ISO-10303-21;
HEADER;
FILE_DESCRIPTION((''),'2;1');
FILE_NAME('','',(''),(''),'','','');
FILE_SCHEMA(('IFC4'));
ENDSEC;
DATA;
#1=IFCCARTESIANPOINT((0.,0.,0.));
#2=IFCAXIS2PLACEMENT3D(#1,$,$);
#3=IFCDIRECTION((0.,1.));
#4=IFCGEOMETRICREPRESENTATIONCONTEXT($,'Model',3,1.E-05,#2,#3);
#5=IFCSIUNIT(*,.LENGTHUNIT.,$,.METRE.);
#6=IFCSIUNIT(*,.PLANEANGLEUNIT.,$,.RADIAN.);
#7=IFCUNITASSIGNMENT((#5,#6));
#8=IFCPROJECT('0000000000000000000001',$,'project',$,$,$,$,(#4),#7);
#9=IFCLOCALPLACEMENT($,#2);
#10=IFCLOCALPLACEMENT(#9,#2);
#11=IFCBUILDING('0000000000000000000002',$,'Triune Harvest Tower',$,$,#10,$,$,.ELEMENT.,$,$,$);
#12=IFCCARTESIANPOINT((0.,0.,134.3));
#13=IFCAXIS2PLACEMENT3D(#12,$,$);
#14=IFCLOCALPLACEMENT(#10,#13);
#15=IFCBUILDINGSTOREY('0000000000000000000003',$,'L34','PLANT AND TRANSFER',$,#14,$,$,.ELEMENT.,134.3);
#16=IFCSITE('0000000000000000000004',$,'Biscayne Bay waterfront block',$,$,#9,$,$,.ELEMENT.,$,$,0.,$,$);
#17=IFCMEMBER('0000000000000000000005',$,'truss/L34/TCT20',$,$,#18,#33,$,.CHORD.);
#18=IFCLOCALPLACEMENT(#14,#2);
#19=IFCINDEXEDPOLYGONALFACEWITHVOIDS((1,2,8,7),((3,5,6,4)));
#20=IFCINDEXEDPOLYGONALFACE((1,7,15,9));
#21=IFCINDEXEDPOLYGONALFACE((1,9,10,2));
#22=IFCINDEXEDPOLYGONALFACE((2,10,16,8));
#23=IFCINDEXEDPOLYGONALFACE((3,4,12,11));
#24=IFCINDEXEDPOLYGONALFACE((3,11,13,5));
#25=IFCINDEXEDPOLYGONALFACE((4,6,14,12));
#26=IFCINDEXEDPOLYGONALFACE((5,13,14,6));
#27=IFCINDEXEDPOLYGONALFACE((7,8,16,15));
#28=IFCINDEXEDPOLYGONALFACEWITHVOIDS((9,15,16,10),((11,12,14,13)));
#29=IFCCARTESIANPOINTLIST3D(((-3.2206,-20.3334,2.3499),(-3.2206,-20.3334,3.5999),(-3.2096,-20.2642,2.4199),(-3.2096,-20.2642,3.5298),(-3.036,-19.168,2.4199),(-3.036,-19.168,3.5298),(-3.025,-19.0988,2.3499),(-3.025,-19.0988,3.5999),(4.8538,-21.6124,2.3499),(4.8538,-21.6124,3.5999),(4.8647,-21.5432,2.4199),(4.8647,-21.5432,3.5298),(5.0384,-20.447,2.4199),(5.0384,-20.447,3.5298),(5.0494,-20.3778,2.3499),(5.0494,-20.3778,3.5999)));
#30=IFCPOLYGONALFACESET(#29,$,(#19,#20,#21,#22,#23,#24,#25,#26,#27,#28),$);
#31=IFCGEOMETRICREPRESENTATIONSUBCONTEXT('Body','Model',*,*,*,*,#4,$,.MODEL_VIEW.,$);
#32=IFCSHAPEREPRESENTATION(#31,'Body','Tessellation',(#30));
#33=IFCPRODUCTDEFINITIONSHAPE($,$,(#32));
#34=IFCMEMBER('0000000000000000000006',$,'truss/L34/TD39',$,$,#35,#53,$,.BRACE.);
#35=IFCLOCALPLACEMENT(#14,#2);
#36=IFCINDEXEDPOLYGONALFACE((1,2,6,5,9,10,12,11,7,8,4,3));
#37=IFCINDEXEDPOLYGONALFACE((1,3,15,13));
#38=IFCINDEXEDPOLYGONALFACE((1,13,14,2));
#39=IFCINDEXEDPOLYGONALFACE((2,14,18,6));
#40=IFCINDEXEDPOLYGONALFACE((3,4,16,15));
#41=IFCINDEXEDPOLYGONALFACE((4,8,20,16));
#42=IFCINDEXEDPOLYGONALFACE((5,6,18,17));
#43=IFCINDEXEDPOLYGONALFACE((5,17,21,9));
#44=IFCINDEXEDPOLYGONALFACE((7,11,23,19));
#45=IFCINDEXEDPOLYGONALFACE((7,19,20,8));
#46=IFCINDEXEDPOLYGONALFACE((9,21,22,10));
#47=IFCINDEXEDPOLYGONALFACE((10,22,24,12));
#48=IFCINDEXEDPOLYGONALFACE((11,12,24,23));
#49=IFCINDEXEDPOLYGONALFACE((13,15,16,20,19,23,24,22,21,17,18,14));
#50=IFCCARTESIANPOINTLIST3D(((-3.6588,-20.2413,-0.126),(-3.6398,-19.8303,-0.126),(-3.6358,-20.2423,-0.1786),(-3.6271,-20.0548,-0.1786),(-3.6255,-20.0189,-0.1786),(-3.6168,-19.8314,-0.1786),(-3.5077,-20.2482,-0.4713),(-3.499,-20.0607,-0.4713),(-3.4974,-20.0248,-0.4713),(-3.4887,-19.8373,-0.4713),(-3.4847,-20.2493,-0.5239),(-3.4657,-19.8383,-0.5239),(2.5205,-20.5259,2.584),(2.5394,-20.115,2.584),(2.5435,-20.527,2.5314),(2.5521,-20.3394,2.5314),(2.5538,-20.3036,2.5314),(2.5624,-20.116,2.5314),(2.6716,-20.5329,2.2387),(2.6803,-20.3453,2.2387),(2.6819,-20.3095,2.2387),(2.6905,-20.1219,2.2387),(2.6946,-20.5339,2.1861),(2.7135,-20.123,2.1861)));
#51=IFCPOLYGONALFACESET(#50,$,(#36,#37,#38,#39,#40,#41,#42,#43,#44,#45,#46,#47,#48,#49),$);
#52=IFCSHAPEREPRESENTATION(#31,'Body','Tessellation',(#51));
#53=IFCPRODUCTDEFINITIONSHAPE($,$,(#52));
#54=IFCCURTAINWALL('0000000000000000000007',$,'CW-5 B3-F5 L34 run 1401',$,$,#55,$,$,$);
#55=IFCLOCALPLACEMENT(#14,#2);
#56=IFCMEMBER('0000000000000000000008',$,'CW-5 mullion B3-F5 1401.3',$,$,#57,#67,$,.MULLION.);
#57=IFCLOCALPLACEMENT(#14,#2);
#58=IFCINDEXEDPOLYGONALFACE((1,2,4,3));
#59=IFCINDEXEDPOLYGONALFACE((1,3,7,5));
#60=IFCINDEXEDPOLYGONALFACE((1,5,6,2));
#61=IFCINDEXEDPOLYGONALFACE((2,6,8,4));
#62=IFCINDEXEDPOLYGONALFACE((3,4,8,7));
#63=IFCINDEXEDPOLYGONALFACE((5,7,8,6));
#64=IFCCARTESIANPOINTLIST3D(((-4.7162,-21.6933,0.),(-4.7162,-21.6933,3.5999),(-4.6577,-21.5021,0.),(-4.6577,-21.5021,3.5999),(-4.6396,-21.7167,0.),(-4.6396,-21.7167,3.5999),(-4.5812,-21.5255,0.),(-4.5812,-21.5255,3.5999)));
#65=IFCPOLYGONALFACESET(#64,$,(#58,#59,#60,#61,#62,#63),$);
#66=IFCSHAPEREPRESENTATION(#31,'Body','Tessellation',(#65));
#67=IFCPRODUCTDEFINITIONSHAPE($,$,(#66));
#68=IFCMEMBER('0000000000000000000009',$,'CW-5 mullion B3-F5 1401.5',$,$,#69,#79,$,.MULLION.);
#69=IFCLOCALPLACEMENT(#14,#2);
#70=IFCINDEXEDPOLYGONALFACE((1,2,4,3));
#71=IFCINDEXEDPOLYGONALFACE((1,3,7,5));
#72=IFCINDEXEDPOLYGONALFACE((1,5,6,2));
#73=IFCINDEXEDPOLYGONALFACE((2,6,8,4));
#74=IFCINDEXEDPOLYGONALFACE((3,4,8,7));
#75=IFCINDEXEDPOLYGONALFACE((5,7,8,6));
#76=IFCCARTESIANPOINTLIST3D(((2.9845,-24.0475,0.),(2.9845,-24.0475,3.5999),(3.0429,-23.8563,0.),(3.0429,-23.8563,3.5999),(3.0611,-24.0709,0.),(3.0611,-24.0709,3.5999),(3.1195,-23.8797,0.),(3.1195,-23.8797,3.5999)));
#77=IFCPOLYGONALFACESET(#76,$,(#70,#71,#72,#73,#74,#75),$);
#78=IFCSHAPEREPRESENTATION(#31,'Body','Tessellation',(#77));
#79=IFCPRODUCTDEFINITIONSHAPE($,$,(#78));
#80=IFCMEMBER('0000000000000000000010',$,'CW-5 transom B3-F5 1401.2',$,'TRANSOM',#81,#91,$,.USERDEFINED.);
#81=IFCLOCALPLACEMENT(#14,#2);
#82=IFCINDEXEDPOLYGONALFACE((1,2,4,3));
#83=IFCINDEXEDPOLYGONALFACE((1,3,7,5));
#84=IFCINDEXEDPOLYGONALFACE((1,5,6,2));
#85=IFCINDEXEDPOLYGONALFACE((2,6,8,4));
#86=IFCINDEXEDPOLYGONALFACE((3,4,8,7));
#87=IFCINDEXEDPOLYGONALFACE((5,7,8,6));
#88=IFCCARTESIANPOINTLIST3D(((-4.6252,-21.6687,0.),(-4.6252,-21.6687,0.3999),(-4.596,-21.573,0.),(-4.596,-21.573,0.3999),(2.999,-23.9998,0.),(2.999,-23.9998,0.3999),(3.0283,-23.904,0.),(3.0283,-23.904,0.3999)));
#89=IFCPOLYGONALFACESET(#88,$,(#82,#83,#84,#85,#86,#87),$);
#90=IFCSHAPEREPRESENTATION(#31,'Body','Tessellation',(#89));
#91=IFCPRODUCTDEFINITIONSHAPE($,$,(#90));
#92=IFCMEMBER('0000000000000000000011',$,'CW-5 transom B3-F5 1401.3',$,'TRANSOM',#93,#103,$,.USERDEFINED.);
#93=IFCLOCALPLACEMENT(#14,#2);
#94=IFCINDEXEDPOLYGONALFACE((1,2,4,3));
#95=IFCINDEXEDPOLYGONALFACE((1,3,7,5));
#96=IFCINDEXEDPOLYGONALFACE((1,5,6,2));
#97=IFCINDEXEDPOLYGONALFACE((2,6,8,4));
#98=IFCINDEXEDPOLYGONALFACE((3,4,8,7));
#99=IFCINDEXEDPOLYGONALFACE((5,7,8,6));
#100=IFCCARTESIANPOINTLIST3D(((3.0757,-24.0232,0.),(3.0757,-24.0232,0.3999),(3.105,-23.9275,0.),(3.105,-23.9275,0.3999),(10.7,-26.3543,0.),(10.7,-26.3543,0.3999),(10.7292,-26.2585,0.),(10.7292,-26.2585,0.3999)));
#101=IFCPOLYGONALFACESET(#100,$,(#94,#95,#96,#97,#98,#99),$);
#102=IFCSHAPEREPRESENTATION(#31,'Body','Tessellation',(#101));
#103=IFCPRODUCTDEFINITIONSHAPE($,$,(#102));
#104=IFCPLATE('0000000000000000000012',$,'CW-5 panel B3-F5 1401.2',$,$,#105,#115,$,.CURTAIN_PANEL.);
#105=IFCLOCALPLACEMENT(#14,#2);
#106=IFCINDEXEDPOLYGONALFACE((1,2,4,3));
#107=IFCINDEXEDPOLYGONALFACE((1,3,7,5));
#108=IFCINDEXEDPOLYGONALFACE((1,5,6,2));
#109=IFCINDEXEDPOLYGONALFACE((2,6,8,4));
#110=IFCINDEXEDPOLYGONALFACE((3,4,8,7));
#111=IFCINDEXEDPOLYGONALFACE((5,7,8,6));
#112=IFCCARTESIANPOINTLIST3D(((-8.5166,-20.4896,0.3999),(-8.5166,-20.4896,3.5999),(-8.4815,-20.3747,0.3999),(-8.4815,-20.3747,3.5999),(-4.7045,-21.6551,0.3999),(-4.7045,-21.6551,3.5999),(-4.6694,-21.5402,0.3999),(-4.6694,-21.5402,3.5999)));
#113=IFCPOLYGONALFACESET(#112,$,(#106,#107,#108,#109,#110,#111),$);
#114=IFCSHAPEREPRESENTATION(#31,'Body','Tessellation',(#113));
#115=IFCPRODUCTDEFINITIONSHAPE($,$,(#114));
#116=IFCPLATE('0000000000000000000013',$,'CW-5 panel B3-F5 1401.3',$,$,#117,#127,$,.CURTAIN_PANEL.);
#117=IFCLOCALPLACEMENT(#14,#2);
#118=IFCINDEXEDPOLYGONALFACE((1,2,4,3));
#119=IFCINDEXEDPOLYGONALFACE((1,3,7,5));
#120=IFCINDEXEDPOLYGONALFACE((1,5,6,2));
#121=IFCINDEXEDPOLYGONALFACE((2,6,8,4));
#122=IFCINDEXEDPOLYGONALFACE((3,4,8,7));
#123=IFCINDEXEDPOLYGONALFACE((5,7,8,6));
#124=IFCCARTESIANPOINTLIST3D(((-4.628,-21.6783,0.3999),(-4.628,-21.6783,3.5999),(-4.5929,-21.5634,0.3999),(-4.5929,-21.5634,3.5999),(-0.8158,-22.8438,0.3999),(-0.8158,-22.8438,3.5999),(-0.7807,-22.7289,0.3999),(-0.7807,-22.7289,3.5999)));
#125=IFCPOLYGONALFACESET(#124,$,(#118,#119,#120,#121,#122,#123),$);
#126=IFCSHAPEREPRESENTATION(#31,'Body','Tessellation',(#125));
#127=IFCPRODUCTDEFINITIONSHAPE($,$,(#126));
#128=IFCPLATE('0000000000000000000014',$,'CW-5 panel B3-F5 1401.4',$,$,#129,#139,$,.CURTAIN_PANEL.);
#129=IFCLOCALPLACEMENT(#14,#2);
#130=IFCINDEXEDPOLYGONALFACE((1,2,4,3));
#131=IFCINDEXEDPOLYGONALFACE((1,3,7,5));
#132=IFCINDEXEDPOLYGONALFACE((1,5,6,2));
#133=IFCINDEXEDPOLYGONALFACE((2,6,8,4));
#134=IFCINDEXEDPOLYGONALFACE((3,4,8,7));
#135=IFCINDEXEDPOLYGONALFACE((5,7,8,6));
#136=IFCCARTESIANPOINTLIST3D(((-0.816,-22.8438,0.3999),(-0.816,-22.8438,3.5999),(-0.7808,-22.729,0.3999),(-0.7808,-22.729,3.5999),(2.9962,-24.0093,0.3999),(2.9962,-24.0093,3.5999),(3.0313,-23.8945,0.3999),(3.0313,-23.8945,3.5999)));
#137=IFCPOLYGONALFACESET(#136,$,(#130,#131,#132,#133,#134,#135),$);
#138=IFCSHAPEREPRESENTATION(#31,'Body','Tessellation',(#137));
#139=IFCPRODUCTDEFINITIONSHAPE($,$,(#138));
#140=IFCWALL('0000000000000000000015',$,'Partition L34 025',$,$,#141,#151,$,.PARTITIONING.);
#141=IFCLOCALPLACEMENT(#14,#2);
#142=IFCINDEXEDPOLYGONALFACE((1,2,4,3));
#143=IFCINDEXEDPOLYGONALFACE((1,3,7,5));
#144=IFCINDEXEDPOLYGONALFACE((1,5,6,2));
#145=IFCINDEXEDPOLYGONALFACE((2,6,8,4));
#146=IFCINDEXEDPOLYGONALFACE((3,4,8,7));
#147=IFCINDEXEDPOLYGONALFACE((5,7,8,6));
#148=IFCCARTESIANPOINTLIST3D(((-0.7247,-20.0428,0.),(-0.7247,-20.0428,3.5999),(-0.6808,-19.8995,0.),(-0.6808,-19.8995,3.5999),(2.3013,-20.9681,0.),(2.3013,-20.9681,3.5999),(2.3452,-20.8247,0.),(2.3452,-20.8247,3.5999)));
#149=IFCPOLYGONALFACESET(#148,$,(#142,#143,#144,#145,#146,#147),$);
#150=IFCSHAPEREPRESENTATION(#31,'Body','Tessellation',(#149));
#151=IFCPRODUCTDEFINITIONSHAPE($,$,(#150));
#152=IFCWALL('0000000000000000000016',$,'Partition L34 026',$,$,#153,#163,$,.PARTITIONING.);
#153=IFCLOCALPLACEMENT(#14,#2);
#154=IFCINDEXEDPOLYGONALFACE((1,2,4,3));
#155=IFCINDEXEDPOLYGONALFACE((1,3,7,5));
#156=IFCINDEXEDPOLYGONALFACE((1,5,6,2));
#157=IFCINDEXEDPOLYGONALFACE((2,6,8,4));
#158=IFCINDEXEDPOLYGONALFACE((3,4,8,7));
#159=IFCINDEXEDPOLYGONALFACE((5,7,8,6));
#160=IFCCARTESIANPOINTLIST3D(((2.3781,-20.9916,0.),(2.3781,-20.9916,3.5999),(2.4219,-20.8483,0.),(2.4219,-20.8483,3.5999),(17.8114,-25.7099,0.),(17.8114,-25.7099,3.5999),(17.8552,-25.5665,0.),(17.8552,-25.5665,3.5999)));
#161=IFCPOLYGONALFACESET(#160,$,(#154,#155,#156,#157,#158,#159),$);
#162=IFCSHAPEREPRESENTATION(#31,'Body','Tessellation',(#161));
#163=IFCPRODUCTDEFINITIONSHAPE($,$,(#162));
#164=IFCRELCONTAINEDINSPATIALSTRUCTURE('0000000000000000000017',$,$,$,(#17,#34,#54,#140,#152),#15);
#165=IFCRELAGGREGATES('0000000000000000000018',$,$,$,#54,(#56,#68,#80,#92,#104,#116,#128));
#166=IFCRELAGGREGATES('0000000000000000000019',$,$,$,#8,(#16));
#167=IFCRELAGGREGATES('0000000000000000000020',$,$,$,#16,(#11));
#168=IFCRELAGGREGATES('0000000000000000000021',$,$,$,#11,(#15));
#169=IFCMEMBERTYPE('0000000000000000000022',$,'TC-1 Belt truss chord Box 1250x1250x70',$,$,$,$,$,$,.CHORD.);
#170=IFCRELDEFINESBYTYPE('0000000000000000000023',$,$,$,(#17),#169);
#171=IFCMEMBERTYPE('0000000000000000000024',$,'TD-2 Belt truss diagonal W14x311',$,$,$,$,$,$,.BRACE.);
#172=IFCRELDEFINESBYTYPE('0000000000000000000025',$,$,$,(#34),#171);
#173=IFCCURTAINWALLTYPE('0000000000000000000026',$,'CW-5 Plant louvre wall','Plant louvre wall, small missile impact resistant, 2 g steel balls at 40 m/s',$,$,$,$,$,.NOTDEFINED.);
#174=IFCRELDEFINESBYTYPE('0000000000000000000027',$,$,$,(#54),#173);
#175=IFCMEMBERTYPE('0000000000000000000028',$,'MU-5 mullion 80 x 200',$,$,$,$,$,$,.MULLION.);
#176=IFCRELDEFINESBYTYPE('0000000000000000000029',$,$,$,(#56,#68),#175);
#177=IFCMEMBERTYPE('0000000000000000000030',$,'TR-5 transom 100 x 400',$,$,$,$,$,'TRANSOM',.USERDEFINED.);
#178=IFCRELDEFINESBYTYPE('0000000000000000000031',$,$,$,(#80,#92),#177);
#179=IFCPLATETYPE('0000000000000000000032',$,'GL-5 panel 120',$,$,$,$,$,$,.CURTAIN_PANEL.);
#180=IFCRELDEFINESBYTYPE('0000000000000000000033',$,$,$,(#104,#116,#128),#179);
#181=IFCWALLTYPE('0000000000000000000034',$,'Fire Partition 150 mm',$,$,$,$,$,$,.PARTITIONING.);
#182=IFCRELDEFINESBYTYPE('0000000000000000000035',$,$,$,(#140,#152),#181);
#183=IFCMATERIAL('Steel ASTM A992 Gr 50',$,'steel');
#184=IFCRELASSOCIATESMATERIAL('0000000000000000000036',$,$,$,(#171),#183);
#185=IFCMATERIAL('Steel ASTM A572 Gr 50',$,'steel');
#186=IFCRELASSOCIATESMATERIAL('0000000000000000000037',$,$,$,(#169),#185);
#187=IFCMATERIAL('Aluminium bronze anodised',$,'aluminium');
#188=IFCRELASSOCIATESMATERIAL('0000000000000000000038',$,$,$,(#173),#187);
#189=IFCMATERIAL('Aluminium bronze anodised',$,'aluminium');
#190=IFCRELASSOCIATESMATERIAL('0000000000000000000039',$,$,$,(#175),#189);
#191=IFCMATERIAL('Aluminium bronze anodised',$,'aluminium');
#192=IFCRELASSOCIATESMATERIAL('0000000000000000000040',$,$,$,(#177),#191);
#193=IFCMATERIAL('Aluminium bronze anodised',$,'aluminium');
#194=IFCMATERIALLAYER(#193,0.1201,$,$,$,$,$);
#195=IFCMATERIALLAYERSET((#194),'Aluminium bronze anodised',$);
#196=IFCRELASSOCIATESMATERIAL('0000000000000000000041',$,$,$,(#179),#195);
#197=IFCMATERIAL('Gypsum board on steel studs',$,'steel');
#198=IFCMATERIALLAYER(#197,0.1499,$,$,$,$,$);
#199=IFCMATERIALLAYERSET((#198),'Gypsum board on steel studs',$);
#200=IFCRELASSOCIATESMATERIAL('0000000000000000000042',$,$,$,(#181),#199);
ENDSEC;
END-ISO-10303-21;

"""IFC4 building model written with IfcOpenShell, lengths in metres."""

from ifc_helpers import new_model, si_unit, direction, frame, frame_2d, origin, origin_2d, place, context, subcontext, project, spatial, rectangle, hollow_rectangle, i_section, extrude, source, transform, mapped, material, layer, layer_set, material_profile, profile_set, type_object, element, aggregate, save


model = new_model("IFC4")

# Units and contexts
model_context = context("Model", 3, precision=1e-05, world=origin(), true_north=direction((0.0, 1.0)))
body_context = subcontext(model_context, "Body", "Model", "MODEL_VIEW")
ifc_project = project(units=[si_unit("LENGTHUNIT", "METRE"), si_unit("PLANEANGLEUNIT", "RADIAN")], contexts=[model_context])

# Site, building, storey
site_placement = place(None, origin())
site = spatial("IfcSite", under=ifc_project, at=site_placement, Name="Biscayne Bay waterfront block", CompositionType="ELEMENT", RefElevation=0.0)
building_placement = place(site_placement, origin())
building = spatial("IfcBuilding", under=site, at=building_placement, Name="Triune Harvest Tower", CompositionType="ELEMENT")
storey_placement = place(building_placement, frame((0.0, 0.0, 134.3)))
storey = spatial("IfcBuildingStorey", under=building, at=storey_placement, Name="L34", Description="PLANT AND TRANSFER", CompositionType="ELEMENT", Elevation=134.3)

# Shared definitions
ifc_material_1 = material(Name="Steel ASTM A992 Gr 50", Category="steel")
ifc_material_profile_1 = material_profile(ifc_material_1, i_section(OverallWidth=0.4114, OverallDepth=0.4343, WebThickness=0.0359, FlangeThickness=0.0574, at=origin_2d()), Name="W14x311")
ifc_profile_set_1 = profile_set([ifc_material_profile_1], Name="Steel ASTM A992 Gr 50")
member_type_1 = type_object("IfcMemberType", Name="TD-2 Belt truss diagonal W14x311", PredefinedType="BRACE", material=ifc_profile_set_1)

# Members
ifc_material_2 = material(Name="Steel ASTM A572 Gr 50", Category="steel")
ifc_material_profile_2 = material_profile(ifc_material_2, hollow_rectangle(XDim=1.25, YDim=1.25, WallThickness=0.0701, at=origin_2d()), Name="Box 1250x1250x70")
ifc_profile_set_2 = profile_set([ifc_material_profile_2], Name="Steel ASTM A572 Gr 50")
member_type_2 = type_object("IfcMemberType", Name="TC-1 Belt truss chord Box 1250x1250x70", PredefinedType="CHORD", material=ifc_profile_set_2)
shared_shape_1 = source(origin(), body_context, "Body", "SweptSolid", [
    extrude(hollow_rectangle(XDim=1.25, YDim=1.25, WallThickness=0.0701, at=origin_2d()), origin(), (0.0, 0.0, 1.0), 8.175),
])
member_1_placement = place(storey_placement, frame((-3.1228, -19.7161, 2.9749), z_axis=(0.987685, -0.156456, 0.0), x_axis=(0.156456, 0.987685, 0.0)))
element("IfcMember", 1, at=member_1_placement, inside=storey, type_object=member_type_2, Name="truss/L34/TCT20", PredefinedType="CHORD", context=body_context, shape_type="MappedRepresentation", body=[
    mapped(shared_shape_1, transform((0.0, 0.0, 0.0), scale=1.0)),
])
shared_shape_2 = source(origin(), body_context, "Body", "SweptSolid", [
    extrude(i_section(OverallWidth=0.4114, OverallDepth=0.4343, WebThickness=0.0359, FlangeThickness=0.0574, at=origin_2d()), origin(), (0.0, 0.0, 1.0), 6.7534),
])
member_2_placement = place(storey_placement, frame((-3.5623, -20.0398, -0.325), z_axis=(0.914986, -0.042152, 0.401278), x_axis=(0.04602, 0.998941, 0.0)))
element("IfcMember", 2, at=member_2_placement, inside=storey, type_object=member_type_1, Name="truss/L34/TD39", PredefinedType="BRACE", context=body_context, shape_type="MappedRepresentation", body=[
    mapped(shared_shape_2, transform((0.0, 0.0, 0.0), scale=1.0)),
])

# Curtain wall, members, plates
ifc_material_3 = material(Name="Aluminium bronze anodised", Category="aluminium")
curtain_wall_type = type_object("IfcCurtainWallType", Name="CW-5 Plant louvre wall", Description="Plant louvre wall, small missile impact resistant, 2 g steel balls at 40 m/s", PredefinedType="NOTDEFINED", material=ifc_material_3)
curtain_wall_placement = place(storey_placement, origin())
curtain_wall = element("IfcCurtainWall", 3, at=curtain_wall_placement, inside=storey, type_object=curtain_wall_type, Name="CW-5 B3-F5 L34 run 1401")
ifc_material_4 = material(Name="Aluminium bronze anodised", Category="aluminium")
ifc_material_profile_3 = material_profile(ifc_material_4, rectangle(XDim=0.2, YDim=0.0801, at=origin_2d()), Name="MU-5 mullion 80 x 200")
ifc_profile_set_3 = profile_set([ifc_material_profile_3], Name="Aluminium bronze anodised")
member_type_3 = type_object("IfcMemberType", Name="MU-5 mullion 80 x 200", PredefinedType="MULLION", material=ifc_profile_set_3)
shared_shape_3 = source(origin(), body_context, "Body", "SweptSolid", [
    extrude(rectangle(XDim=0.2, YDim=0.0801, at=origin_2d()), origin(), (0.0, 0.0, 1.0), 3.5999),
])
member_3_placement = place(storey_placement, frame((-4.6487, -21.6094, 0.0), z_axis=(0.0, 0.0, 1.0), x_axis=(0.292374, 0.956304, 0.0)))
member_3 = element("IfcMember", 4, at=member_3_placement, type_object=member_type_3, Name="CW-5 mullion B3-F5 1401.3", PredefinedType="MULLION", context=body_context, shape_type="MappedRepresentation", body=[
    mapped(shared_shape_3, transform((0.0, 0.0, 0.0), scale=1.0)),
])
member_4_placement = place(storey_placement, frame((3.052, -23.9636, 0.0), z_axis=(0.0, 0.0, 1.0), x_axis=(0.292374, 0.956304, 0.0)))
member_4 = element("IfcMember", 5, at=member_4_placement, type_object=member_type_3, Name="CW-5 mullion B3-F5 1401.5", PredefinedType="MULLION", context=body_context, shape_type="MappedRepresentation", body=[
    mapped(shared_shape_3, transform((0.0, 0.0, 0.0), scale=1.0)),
])
ifc_material_5 = material(Name="Aluminium bronze anodised", Category="aluminium")
ifc_material_profile_4 = material_profile(ifc_material_5, rectangle(XDim=0.1001, YDim=0.3999, at=origin_2d()), Name="TR-5 transom 100 x 400")
ifc_profile_set_4 = profile_set([ifc_material_profile_4], Name="Aluminium bronze anodised")
member_type_4 = type_object("IfcMemberType", Name="TR-5 transom 100 x 400", ElementType="TRANSOM", PredefinedType="USERDEFINED", material=ifc_profile_set_4)
shared_shape_4 = source(origin(), body_context, "Body", "SweptSolid", [
    extrude(rectangle(XDim=0.1001, YDim=0.3999, at=origin_2d()), origin(), (0.0, 0.0, 1.0), 7.9727),
])
member_5_placement = place(storey_placement, frame((-4.6106, -21.6208, 0.2), z_axis=(0.956302, -0.292381, 0.0), x_axis=(0.292381, 0.956302, 0.0)))
member_5 = element("IfcMember", 6, at=member_5_placement, type_object=member_type_4, Name="CW-5 transom B3-F5 1401.2", ObjectType="TRANSOM", PredefinedType="USERDEFINED", context=body_context, shape_type="MappedRepresentation", body=[
    mapped(shared_shape_4, transform((0.0, 0.0, 0.0), scale=1.0)),
])
member_6_placement = place(storey_placement, frame((3.0903, -23.9753, 0.2), z_axis=(0.956302, -0.292381, 0.0), x_axis=(0.292381, 0.956302, 0.0)))
member_6 = element("IfcMember", 7, at=member_6_placement, type_object=member_type_4, Name="CW-5 transom B3-F5 1401.3", ObjectType="TRANSOM", PredefinedType="USERDEFINED", context=body_context, shape_type="MappedRepresentation", body=[
    mapped(shared_shape_4, transform((0.0, 0.0, 0.0), scale=1.0)),
])
ifc_material_6 = material(Name="Aluminium bronze anodised", Category="aluminium")
ifc_layer_1 = layer(ifc_material_6, 0.1201)
ifc_layer_set_1 = layer_set([ifc_layer_1], Name="Aluminium bronze anodised")
plate_type = type_object("IfcPlateType", Name="GL-5 panel 120", PredefinedType="CURTAIN_PANEL", material=ifc_layer_set_1)
shared_shape_5 = source(origin(), body_context, "Body", "SweptSolid", [
    extrude(rectangle(XDim=3.9863, YDim=0.1201, at=origin_2d()), origin(), (0.0, 0.0, 1.0), 3.2),
])
plate_1_placement = place(storey_placement, frame((-6.593, -21.0149, 0.3999), z_axis=(0.0, 0.0, 1.0), x_axis=(0.956304, -0.292374, 0.0)))
plate_1 = element("IfcPlate", 8, at=plate_1_placement, type_object=plate_type, Name="CW-5 panel B3-F5 1401.2", PredefinedType="CURTAIN_PANEL", context=body_context, shape_type="MappedRepresentation", body=[
    mapped(shared_shape_5, transform((0.0, 0.0, 0.0), scale=1.0)),
])
plate_2_placement = place(storey_placement, frame((-2.7043, -22.2036, 0.3999), z_axis=(0.0, 0.0, 1.0), x_axis=(0.956304, -0.292374, 0.0)))
plate_2 = element("IfcPlate", 9, at=plate_2_placement, type_object=plate_type, Name="CW-5 panel B3-F5 1401.3", PredefinedType="CURTAIN_PANEL", context=body_context, shape_type="MappedRepresentation", body=[
    mapped(shared_shape_5, transform((0.0, 0.0, 0.0), scale=1.0)),
])
plate_3_placement = place(storey_placement, frame((1.1077, -23.3691, 0.3999), z_axis=(0.0, 0.0, 1.0), x_axis=(0.956304, -0.292374, 0.0)))
plate_3 = element("IfcPlate", 10, at=plate_3_placement, type_object=plate_type, Name="CW-5 panel B3-F5 1401.4", PredefinedType="CURTAIN_PANEL", context=body_context, shape_type="MappedRepresentation", body=[
    mapped(shared_shape_5, transform((0.0, 0.0, 0.0), scale=1.0)),
])
aggregate(curtain_wall, [member_3, member_4, member_5, member_6, plate_1, plate_2, plate_3])

# Walls
ifc_material_7 = material(Name="Gypsum board on steel studs", Category="steel")
ifc_layer_2 = layer(ifc_material_7, 0.1499)
ifc_layer_set_2 = layer_set([ifc_layer_2], Name="Gypsum board on steel studs")
wall_type_1 = type_object("IfcWallType", Name="Fire Partition 150 mm", PredefinedType="PARTITIONING", material=ifc_layer_set_2)
wall_1_placement = place(storey_placement, frame((-0.7026, -19.9712, 0.0), z_axis=(0.0, 0.0, 1.0), x_axis=(0.956295, -0.292405, 0.0)))
element("IfcWall", 11, at=wall_1_placement, inside=storey, type_object=wall_type_1, Name="Partition L34 025", PredefinedType="PARTITIONING", context=body_context, shape_type="SweptSolid", body=[
    extrude(rectangle(XDim=3.1643, YDim=0.1499, at=frame_2d((1.582, 0.0))), origin(), (0.0, 0.0, 1.0), 3.5999),
])
wall_2_placement = place(storey_placement, frame((2.3999, -20.9199, 0.0), z_axis=(0.0, 0.0, 1.0), x_axis=(0.956308, -0.292361, 0.0)))
element("IfcWall", 12, at=wall_2_placement, inside=storey, type_object=wall_type_1, Name="Partition L34 026", PredefinedType="PARTITIONING", context=body_context, shape_type="SweptSolid", body=[
    extrude(rectangle(XDim=16.1384, YDim=0.1499, at=frame_2d((8.0693, 0.0))), origin(), (0.0, 0.0, 1.0), 3.5999),
])

save(model, "model.ifc")
